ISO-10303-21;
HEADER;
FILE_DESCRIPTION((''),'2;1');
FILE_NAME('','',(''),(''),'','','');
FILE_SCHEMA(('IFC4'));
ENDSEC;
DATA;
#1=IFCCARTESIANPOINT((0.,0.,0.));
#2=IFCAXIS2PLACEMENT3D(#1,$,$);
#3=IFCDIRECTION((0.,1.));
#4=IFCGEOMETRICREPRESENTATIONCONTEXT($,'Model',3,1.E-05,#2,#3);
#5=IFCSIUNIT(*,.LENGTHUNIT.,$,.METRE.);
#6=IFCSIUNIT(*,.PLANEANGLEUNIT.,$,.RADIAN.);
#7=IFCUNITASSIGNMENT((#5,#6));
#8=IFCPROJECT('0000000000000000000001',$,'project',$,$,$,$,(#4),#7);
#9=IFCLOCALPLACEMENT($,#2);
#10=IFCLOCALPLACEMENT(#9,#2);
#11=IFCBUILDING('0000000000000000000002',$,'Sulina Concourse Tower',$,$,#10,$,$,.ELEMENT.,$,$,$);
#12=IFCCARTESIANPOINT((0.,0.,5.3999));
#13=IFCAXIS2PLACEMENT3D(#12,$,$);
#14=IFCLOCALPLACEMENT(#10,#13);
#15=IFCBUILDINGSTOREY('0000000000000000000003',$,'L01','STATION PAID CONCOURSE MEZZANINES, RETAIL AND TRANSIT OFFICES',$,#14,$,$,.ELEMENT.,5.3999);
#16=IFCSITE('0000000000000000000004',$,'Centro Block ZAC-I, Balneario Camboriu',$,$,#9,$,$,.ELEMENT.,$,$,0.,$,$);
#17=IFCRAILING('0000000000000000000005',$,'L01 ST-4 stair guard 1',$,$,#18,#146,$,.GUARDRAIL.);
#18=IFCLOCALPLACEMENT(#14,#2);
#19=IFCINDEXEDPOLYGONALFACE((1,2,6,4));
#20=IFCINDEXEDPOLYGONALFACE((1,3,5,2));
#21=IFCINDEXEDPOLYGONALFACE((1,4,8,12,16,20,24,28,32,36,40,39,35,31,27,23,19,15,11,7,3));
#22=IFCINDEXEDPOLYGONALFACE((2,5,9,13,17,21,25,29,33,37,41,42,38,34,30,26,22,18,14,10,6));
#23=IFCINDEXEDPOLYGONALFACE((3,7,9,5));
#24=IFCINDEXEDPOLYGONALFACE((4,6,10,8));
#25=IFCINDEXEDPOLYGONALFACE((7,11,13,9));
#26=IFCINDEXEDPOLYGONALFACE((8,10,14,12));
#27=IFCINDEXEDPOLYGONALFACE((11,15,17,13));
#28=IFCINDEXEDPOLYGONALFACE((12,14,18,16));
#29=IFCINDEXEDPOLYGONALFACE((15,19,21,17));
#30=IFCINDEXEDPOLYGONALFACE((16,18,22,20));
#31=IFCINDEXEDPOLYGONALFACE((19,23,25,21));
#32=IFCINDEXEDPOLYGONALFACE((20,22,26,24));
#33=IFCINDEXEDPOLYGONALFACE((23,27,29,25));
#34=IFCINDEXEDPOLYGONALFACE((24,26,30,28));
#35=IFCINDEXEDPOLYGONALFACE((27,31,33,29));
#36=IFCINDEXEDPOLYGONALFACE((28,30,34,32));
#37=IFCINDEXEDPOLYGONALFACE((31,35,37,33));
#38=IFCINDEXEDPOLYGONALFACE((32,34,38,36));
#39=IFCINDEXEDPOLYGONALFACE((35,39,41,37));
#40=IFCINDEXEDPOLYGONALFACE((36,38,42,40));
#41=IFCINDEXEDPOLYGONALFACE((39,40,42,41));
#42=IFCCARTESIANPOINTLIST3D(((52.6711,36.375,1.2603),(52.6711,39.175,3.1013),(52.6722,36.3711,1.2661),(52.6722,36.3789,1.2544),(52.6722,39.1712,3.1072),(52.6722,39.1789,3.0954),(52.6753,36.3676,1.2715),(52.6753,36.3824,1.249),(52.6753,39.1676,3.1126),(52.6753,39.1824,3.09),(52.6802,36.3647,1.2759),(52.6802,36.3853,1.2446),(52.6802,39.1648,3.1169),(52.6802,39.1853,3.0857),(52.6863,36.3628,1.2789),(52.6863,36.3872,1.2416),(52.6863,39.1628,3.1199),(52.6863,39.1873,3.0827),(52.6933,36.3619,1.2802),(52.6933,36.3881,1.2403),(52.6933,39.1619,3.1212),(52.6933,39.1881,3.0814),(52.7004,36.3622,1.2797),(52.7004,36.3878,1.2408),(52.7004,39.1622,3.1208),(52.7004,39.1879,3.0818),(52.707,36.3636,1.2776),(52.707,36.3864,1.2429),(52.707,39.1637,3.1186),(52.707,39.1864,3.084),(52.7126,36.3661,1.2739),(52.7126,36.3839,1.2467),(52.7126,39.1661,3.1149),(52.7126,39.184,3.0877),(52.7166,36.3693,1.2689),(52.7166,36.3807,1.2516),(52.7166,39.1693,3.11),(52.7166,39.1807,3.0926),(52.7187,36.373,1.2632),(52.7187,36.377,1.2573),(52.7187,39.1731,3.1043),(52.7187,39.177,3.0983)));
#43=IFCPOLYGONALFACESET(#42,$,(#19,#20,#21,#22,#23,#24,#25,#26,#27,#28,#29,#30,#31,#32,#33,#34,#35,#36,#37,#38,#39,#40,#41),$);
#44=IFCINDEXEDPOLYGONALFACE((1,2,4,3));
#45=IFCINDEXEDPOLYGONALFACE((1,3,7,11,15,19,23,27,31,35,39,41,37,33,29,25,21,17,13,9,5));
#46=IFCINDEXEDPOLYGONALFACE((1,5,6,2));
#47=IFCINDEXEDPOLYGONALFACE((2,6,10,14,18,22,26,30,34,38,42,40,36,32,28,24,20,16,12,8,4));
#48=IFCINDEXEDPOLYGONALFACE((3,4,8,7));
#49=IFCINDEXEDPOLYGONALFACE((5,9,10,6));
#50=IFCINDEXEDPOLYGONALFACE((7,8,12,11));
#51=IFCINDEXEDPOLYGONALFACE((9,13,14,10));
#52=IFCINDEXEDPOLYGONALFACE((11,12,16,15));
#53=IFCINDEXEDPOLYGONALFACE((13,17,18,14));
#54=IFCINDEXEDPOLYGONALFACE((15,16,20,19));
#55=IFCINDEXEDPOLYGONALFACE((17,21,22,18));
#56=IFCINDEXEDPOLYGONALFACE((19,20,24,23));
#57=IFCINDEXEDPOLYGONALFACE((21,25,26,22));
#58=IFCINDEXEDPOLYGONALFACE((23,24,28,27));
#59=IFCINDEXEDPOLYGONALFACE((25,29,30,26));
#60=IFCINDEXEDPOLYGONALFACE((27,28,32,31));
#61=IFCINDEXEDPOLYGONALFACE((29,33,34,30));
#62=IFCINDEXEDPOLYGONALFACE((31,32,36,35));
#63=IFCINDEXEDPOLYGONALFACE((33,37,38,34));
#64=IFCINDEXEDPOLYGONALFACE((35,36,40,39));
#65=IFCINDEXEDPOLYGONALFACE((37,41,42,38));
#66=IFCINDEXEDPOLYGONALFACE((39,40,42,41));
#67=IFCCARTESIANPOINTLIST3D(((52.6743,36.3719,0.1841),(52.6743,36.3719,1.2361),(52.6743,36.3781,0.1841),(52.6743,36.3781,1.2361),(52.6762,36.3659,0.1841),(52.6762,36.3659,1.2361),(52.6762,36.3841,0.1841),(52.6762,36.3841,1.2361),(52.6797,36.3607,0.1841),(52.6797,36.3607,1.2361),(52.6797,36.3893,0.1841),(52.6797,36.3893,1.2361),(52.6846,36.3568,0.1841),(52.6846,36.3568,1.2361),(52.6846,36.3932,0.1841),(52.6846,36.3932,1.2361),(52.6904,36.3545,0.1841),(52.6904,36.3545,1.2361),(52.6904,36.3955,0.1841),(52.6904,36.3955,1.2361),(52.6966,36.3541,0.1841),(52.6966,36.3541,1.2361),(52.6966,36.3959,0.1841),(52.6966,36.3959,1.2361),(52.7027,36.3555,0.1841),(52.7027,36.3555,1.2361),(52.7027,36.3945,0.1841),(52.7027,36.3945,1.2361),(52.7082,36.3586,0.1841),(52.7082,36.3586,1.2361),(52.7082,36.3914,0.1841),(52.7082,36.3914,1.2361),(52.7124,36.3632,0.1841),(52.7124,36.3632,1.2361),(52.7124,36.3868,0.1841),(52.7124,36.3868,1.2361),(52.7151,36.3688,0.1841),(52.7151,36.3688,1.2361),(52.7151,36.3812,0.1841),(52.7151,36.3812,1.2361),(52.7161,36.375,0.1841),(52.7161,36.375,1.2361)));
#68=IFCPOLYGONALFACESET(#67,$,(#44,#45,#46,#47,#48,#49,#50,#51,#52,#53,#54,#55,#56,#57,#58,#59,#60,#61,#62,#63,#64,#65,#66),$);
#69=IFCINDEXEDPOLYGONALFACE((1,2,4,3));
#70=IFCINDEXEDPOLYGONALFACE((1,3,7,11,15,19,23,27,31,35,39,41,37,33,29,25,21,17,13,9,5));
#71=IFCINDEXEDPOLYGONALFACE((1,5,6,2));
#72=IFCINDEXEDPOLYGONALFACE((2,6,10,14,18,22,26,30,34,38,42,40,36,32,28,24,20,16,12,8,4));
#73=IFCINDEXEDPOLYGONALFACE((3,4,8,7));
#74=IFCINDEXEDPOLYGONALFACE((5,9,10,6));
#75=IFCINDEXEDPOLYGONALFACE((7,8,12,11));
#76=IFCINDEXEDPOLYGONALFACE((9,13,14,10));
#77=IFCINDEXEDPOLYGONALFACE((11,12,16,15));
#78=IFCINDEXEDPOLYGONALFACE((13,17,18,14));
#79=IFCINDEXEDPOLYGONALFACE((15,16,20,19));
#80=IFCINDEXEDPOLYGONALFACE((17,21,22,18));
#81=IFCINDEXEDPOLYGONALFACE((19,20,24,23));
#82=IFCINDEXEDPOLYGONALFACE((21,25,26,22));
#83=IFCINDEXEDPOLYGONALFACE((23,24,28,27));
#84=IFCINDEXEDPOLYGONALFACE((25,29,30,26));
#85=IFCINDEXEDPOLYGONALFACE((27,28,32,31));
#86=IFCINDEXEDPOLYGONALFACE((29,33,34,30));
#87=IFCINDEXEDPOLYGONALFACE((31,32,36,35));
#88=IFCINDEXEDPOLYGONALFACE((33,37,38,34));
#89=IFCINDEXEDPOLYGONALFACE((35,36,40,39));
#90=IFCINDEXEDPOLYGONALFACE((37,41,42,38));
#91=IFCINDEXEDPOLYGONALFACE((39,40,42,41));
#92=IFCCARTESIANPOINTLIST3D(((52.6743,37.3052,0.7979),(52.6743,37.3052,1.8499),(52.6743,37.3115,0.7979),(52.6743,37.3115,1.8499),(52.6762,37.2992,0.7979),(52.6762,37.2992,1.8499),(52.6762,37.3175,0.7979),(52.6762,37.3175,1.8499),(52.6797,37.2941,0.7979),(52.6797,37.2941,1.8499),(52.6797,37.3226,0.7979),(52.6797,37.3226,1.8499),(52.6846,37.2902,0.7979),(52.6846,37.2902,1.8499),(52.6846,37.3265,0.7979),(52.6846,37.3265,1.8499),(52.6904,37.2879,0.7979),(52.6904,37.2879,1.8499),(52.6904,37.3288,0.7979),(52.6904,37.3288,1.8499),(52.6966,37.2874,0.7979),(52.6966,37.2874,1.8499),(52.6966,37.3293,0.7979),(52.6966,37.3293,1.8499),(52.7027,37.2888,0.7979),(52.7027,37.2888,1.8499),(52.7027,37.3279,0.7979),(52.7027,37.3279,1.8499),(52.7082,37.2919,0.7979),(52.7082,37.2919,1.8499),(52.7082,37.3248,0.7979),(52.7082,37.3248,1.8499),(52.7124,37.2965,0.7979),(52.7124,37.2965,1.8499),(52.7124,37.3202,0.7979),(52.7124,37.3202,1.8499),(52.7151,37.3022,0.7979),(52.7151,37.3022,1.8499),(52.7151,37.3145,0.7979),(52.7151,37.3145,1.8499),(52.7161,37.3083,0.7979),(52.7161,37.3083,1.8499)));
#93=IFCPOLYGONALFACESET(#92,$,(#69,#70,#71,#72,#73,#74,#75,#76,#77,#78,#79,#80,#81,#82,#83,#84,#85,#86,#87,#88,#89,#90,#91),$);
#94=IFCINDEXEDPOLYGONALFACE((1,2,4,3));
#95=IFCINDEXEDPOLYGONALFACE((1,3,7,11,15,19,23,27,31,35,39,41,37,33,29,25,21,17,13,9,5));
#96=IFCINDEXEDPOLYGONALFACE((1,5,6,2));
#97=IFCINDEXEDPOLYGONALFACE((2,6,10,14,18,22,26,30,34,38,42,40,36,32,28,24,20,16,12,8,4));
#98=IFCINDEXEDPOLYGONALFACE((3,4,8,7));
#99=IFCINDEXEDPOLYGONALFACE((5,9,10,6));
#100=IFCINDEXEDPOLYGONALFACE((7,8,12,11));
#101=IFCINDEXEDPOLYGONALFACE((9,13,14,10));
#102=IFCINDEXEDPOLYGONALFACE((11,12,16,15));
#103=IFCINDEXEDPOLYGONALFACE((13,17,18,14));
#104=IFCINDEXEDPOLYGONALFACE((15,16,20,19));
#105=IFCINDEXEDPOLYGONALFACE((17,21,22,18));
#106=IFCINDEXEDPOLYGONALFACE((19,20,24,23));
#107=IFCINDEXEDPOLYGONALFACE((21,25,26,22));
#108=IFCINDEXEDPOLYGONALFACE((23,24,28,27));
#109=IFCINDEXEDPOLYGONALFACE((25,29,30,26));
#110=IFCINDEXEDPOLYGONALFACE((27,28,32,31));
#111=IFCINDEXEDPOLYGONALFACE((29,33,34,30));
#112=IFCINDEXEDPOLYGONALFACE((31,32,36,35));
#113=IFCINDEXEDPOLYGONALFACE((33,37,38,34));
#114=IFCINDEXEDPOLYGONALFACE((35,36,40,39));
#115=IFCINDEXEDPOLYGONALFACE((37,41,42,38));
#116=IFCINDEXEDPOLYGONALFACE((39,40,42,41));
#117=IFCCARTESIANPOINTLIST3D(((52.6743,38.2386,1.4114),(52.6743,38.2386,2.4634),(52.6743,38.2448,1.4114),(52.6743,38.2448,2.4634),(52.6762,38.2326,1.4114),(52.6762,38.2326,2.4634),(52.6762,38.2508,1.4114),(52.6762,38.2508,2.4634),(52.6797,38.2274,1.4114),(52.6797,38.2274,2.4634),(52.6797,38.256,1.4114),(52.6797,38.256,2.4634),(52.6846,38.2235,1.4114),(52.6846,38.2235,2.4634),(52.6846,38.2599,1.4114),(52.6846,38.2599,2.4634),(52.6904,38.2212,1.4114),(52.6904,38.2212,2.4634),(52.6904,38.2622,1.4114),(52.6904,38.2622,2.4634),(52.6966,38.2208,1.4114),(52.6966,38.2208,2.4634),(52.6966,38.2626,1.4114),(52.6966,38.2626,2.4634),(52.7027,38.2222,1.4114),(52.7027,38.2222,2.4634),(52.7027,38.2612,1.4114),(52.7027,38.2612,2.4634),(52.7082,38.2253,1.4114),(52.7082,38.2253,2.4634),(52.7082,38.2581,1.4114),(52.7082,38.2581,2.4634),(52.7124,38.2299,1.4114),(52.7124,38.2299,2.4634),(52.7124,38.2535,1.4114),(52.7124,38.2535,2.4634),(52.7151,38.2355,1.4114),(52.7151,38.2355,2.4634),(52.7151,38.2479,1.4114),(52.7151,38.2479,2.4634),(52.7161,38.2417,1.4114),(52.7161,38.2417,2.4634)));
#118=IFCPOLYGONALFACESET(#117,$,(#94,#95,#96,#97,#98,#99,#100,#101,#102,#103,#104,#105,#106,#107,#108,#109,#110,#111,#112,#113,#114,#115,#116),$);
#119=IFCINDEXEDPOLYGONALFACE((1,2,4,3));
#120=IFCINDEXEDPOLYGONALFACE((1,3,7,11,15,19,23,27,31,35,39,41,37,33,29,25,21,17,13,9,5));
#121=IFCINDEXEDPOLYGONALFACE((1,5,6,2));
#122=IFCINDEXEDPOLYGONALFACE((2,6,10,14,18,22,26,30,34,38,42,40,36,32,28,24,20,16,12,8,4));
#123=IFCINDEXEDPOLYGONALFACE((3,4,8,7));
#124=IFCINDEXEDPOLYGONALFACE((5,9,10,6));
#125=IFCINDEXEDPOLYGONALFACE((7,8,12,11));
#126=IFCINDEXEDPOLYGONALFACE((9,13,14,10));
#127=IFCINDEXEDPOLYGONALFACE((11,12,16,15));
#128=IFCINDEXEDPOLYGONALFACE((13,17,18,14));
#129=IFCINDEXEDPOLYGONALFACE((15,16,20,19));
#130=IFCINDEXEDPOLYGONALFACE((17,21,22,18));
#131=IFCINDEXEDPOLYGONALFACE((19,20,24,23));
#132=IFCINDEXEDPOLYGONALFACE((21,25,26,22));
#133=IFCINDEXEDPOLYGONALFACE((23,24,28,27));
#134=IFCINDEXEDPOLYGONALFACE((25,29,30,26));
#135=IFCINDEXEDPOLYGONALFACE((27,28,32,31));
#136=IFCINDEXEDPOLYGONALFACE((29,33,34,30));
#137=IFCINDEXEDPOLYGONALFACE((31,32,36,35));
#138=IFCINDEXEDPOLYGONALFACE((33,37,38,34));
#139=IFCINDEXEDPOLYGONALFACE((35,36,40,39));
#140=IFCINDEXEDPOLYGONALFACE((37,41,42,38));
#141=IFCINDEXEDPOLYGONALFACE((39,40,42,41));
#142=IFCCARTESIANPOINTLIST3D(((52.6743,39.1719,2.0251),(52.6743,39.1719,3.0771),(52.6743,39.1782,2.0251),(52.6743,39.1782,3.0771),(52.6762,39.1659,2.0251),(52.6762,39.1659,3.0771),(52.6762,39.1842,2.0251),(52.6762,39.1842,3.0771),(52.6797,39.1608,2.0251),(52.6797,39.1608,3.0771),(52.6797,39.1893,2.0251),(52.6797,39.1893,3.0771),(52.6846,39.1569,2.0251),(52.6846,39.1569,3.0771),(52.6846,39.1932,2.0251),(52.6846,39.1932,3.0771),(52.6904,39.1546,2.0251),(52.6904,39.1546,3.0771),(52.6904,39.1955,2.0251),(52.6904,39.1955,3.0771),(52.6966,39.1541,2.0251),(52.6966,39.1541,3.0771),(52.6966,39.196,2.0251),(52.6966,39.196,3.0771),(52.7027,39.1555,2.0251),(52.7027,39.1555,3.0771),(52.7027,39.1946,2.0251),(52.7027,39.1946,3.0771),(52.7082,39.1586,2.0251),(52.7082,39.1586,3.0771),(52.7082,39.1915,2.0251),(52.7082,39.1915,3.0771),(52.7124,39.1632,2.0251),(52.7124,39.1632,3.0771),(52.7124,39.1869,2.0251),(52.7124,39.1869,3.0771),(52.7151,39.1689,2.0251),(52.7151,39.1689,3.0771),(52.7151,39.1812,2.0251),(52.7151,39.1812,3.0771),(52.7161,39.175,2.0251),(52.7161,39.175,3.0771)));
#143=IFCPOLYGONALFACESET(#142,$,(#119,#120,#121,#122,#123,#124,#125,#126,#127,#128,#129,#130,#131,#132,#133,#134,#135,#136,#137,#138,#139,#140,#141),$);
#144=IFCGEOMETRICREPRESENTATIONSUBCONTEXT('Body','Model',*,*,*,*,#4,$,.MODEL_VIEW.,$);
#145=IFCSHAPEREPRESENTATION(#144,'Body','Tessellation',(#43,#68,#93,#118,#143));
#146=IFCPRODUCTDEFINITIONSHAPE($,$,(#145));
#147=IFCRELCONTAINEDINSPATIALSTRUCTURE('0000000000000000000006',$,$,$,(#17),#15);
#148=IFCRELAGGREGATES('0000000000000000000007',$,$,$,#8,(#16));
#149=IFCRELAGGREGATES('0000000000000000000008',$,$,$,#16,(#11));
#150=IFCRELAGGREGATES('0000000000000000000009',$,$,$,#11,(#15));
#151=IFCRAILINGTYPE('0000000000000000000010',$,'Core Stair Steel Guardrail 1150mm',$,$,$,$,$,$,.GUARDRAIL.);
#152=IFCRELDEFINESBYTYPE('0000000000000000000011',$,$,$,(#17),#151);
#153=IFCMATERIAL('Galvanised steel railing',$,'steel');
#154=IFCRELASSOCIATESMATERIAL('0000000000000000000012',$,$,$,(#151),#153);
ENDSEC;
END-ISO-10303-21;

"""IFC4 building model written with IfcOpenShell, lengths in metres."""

from ifc_helpers import new_model, si_unit, direction, frame, origin, origin_2d, place, context, subcontext, project, spatial, circle, extrude, material, type_object, element, save


model = new_model("IFC4")

# Units and contexts
model_context = context("Model", 3, precision=1e-05, world=origin(), true_north=direction((0.0, 1.0)))
body_context = subcontext(model_context, "Body", "Model", "MODEL_VIEW")
ifc_project = project(units=[si_unit("LENGTHUNIT", "METRE"), si_unit("PLANEANGLEUNIT", "RADIAN")], contexts=[model_context])

# Site, building, storey
site_placement = place(None, origin())
site = spatial("IfcSite", under=ifc_project, at=site_placement, Name="Centro Block ZAC-I, Balneario Camboriu", CompositionType="ELEMENT", RefElevation=0.0)
building_placement = place(site_placement, origin())
building = spatial("IfcBuilding", under=site, at=building_placement, Name="Sulina Concourse Tower", CompositionType="ELEMENT")
storey_placement = place(building_placement, frame((0.0, 0.0, 5.3999)))
storey = spatial("IfcBuildingStorey", under=building, at=storey_placement, Name="L01", Description="STATION PAID CONCOURSE MEZZANINES, RETAIL AND TRANSIT OFFICES", CompositionType="ELEMENT", Elevation=5.3999)

# Railing
ifc_material_1 = material(Name="Galvanised steel railing", Category="steel")
railing_type_1 = type_object("IfcRailingType", Name="Core Stair Steel Guardrail 1150mm", PredefinedType="GUARDRAIL", material=ifc_material_1)
railing_1_placement = place(storey_placement, frame((52.6951, 36.375, 0.1841)))
element("IfcRailing", 1, at=railing_1_placement, inside=storey, type_object=railing_type_1, Name="L01 ST-4 stair guard 1", PredefinedType="GUARDRAIL", context=body_context, shape_type="SweptSolid", body=[
    extrude(circle(Radius=0.0239, at=origin_2d()), frame((0.0, 0.0, 1.0762), z_axis=(0.0, 0.835564, 0.549393), x_axis=(-1.0, 0.0, 0.0)), (0.0, 0.0, 1.0), 3.3511),
    extrude(circle(Radius=0.021, at=origin_2d()), origin(), (0.0, 0.0, 1.0), 1.052),
    extrude(circle(Radius=0.021, at=origin_2d()), frame((0.0, 0.9333, 0.6138)), (0.0, 0.0, 1.0), 1.052),
    extrude(circle(Radius=0.021, at=origin_2d()), frame((0.0, 1.8667, 1.2273)), (0.0, 0.0, 1.0), 1.052),
    extrude(circle(Radius=0.021, at=origin_2d()), frame((0.0, 2.8, 1.8411)), (0.0, 0.0, 1.0), 1.052),
])

save(model, "model.ifc")
